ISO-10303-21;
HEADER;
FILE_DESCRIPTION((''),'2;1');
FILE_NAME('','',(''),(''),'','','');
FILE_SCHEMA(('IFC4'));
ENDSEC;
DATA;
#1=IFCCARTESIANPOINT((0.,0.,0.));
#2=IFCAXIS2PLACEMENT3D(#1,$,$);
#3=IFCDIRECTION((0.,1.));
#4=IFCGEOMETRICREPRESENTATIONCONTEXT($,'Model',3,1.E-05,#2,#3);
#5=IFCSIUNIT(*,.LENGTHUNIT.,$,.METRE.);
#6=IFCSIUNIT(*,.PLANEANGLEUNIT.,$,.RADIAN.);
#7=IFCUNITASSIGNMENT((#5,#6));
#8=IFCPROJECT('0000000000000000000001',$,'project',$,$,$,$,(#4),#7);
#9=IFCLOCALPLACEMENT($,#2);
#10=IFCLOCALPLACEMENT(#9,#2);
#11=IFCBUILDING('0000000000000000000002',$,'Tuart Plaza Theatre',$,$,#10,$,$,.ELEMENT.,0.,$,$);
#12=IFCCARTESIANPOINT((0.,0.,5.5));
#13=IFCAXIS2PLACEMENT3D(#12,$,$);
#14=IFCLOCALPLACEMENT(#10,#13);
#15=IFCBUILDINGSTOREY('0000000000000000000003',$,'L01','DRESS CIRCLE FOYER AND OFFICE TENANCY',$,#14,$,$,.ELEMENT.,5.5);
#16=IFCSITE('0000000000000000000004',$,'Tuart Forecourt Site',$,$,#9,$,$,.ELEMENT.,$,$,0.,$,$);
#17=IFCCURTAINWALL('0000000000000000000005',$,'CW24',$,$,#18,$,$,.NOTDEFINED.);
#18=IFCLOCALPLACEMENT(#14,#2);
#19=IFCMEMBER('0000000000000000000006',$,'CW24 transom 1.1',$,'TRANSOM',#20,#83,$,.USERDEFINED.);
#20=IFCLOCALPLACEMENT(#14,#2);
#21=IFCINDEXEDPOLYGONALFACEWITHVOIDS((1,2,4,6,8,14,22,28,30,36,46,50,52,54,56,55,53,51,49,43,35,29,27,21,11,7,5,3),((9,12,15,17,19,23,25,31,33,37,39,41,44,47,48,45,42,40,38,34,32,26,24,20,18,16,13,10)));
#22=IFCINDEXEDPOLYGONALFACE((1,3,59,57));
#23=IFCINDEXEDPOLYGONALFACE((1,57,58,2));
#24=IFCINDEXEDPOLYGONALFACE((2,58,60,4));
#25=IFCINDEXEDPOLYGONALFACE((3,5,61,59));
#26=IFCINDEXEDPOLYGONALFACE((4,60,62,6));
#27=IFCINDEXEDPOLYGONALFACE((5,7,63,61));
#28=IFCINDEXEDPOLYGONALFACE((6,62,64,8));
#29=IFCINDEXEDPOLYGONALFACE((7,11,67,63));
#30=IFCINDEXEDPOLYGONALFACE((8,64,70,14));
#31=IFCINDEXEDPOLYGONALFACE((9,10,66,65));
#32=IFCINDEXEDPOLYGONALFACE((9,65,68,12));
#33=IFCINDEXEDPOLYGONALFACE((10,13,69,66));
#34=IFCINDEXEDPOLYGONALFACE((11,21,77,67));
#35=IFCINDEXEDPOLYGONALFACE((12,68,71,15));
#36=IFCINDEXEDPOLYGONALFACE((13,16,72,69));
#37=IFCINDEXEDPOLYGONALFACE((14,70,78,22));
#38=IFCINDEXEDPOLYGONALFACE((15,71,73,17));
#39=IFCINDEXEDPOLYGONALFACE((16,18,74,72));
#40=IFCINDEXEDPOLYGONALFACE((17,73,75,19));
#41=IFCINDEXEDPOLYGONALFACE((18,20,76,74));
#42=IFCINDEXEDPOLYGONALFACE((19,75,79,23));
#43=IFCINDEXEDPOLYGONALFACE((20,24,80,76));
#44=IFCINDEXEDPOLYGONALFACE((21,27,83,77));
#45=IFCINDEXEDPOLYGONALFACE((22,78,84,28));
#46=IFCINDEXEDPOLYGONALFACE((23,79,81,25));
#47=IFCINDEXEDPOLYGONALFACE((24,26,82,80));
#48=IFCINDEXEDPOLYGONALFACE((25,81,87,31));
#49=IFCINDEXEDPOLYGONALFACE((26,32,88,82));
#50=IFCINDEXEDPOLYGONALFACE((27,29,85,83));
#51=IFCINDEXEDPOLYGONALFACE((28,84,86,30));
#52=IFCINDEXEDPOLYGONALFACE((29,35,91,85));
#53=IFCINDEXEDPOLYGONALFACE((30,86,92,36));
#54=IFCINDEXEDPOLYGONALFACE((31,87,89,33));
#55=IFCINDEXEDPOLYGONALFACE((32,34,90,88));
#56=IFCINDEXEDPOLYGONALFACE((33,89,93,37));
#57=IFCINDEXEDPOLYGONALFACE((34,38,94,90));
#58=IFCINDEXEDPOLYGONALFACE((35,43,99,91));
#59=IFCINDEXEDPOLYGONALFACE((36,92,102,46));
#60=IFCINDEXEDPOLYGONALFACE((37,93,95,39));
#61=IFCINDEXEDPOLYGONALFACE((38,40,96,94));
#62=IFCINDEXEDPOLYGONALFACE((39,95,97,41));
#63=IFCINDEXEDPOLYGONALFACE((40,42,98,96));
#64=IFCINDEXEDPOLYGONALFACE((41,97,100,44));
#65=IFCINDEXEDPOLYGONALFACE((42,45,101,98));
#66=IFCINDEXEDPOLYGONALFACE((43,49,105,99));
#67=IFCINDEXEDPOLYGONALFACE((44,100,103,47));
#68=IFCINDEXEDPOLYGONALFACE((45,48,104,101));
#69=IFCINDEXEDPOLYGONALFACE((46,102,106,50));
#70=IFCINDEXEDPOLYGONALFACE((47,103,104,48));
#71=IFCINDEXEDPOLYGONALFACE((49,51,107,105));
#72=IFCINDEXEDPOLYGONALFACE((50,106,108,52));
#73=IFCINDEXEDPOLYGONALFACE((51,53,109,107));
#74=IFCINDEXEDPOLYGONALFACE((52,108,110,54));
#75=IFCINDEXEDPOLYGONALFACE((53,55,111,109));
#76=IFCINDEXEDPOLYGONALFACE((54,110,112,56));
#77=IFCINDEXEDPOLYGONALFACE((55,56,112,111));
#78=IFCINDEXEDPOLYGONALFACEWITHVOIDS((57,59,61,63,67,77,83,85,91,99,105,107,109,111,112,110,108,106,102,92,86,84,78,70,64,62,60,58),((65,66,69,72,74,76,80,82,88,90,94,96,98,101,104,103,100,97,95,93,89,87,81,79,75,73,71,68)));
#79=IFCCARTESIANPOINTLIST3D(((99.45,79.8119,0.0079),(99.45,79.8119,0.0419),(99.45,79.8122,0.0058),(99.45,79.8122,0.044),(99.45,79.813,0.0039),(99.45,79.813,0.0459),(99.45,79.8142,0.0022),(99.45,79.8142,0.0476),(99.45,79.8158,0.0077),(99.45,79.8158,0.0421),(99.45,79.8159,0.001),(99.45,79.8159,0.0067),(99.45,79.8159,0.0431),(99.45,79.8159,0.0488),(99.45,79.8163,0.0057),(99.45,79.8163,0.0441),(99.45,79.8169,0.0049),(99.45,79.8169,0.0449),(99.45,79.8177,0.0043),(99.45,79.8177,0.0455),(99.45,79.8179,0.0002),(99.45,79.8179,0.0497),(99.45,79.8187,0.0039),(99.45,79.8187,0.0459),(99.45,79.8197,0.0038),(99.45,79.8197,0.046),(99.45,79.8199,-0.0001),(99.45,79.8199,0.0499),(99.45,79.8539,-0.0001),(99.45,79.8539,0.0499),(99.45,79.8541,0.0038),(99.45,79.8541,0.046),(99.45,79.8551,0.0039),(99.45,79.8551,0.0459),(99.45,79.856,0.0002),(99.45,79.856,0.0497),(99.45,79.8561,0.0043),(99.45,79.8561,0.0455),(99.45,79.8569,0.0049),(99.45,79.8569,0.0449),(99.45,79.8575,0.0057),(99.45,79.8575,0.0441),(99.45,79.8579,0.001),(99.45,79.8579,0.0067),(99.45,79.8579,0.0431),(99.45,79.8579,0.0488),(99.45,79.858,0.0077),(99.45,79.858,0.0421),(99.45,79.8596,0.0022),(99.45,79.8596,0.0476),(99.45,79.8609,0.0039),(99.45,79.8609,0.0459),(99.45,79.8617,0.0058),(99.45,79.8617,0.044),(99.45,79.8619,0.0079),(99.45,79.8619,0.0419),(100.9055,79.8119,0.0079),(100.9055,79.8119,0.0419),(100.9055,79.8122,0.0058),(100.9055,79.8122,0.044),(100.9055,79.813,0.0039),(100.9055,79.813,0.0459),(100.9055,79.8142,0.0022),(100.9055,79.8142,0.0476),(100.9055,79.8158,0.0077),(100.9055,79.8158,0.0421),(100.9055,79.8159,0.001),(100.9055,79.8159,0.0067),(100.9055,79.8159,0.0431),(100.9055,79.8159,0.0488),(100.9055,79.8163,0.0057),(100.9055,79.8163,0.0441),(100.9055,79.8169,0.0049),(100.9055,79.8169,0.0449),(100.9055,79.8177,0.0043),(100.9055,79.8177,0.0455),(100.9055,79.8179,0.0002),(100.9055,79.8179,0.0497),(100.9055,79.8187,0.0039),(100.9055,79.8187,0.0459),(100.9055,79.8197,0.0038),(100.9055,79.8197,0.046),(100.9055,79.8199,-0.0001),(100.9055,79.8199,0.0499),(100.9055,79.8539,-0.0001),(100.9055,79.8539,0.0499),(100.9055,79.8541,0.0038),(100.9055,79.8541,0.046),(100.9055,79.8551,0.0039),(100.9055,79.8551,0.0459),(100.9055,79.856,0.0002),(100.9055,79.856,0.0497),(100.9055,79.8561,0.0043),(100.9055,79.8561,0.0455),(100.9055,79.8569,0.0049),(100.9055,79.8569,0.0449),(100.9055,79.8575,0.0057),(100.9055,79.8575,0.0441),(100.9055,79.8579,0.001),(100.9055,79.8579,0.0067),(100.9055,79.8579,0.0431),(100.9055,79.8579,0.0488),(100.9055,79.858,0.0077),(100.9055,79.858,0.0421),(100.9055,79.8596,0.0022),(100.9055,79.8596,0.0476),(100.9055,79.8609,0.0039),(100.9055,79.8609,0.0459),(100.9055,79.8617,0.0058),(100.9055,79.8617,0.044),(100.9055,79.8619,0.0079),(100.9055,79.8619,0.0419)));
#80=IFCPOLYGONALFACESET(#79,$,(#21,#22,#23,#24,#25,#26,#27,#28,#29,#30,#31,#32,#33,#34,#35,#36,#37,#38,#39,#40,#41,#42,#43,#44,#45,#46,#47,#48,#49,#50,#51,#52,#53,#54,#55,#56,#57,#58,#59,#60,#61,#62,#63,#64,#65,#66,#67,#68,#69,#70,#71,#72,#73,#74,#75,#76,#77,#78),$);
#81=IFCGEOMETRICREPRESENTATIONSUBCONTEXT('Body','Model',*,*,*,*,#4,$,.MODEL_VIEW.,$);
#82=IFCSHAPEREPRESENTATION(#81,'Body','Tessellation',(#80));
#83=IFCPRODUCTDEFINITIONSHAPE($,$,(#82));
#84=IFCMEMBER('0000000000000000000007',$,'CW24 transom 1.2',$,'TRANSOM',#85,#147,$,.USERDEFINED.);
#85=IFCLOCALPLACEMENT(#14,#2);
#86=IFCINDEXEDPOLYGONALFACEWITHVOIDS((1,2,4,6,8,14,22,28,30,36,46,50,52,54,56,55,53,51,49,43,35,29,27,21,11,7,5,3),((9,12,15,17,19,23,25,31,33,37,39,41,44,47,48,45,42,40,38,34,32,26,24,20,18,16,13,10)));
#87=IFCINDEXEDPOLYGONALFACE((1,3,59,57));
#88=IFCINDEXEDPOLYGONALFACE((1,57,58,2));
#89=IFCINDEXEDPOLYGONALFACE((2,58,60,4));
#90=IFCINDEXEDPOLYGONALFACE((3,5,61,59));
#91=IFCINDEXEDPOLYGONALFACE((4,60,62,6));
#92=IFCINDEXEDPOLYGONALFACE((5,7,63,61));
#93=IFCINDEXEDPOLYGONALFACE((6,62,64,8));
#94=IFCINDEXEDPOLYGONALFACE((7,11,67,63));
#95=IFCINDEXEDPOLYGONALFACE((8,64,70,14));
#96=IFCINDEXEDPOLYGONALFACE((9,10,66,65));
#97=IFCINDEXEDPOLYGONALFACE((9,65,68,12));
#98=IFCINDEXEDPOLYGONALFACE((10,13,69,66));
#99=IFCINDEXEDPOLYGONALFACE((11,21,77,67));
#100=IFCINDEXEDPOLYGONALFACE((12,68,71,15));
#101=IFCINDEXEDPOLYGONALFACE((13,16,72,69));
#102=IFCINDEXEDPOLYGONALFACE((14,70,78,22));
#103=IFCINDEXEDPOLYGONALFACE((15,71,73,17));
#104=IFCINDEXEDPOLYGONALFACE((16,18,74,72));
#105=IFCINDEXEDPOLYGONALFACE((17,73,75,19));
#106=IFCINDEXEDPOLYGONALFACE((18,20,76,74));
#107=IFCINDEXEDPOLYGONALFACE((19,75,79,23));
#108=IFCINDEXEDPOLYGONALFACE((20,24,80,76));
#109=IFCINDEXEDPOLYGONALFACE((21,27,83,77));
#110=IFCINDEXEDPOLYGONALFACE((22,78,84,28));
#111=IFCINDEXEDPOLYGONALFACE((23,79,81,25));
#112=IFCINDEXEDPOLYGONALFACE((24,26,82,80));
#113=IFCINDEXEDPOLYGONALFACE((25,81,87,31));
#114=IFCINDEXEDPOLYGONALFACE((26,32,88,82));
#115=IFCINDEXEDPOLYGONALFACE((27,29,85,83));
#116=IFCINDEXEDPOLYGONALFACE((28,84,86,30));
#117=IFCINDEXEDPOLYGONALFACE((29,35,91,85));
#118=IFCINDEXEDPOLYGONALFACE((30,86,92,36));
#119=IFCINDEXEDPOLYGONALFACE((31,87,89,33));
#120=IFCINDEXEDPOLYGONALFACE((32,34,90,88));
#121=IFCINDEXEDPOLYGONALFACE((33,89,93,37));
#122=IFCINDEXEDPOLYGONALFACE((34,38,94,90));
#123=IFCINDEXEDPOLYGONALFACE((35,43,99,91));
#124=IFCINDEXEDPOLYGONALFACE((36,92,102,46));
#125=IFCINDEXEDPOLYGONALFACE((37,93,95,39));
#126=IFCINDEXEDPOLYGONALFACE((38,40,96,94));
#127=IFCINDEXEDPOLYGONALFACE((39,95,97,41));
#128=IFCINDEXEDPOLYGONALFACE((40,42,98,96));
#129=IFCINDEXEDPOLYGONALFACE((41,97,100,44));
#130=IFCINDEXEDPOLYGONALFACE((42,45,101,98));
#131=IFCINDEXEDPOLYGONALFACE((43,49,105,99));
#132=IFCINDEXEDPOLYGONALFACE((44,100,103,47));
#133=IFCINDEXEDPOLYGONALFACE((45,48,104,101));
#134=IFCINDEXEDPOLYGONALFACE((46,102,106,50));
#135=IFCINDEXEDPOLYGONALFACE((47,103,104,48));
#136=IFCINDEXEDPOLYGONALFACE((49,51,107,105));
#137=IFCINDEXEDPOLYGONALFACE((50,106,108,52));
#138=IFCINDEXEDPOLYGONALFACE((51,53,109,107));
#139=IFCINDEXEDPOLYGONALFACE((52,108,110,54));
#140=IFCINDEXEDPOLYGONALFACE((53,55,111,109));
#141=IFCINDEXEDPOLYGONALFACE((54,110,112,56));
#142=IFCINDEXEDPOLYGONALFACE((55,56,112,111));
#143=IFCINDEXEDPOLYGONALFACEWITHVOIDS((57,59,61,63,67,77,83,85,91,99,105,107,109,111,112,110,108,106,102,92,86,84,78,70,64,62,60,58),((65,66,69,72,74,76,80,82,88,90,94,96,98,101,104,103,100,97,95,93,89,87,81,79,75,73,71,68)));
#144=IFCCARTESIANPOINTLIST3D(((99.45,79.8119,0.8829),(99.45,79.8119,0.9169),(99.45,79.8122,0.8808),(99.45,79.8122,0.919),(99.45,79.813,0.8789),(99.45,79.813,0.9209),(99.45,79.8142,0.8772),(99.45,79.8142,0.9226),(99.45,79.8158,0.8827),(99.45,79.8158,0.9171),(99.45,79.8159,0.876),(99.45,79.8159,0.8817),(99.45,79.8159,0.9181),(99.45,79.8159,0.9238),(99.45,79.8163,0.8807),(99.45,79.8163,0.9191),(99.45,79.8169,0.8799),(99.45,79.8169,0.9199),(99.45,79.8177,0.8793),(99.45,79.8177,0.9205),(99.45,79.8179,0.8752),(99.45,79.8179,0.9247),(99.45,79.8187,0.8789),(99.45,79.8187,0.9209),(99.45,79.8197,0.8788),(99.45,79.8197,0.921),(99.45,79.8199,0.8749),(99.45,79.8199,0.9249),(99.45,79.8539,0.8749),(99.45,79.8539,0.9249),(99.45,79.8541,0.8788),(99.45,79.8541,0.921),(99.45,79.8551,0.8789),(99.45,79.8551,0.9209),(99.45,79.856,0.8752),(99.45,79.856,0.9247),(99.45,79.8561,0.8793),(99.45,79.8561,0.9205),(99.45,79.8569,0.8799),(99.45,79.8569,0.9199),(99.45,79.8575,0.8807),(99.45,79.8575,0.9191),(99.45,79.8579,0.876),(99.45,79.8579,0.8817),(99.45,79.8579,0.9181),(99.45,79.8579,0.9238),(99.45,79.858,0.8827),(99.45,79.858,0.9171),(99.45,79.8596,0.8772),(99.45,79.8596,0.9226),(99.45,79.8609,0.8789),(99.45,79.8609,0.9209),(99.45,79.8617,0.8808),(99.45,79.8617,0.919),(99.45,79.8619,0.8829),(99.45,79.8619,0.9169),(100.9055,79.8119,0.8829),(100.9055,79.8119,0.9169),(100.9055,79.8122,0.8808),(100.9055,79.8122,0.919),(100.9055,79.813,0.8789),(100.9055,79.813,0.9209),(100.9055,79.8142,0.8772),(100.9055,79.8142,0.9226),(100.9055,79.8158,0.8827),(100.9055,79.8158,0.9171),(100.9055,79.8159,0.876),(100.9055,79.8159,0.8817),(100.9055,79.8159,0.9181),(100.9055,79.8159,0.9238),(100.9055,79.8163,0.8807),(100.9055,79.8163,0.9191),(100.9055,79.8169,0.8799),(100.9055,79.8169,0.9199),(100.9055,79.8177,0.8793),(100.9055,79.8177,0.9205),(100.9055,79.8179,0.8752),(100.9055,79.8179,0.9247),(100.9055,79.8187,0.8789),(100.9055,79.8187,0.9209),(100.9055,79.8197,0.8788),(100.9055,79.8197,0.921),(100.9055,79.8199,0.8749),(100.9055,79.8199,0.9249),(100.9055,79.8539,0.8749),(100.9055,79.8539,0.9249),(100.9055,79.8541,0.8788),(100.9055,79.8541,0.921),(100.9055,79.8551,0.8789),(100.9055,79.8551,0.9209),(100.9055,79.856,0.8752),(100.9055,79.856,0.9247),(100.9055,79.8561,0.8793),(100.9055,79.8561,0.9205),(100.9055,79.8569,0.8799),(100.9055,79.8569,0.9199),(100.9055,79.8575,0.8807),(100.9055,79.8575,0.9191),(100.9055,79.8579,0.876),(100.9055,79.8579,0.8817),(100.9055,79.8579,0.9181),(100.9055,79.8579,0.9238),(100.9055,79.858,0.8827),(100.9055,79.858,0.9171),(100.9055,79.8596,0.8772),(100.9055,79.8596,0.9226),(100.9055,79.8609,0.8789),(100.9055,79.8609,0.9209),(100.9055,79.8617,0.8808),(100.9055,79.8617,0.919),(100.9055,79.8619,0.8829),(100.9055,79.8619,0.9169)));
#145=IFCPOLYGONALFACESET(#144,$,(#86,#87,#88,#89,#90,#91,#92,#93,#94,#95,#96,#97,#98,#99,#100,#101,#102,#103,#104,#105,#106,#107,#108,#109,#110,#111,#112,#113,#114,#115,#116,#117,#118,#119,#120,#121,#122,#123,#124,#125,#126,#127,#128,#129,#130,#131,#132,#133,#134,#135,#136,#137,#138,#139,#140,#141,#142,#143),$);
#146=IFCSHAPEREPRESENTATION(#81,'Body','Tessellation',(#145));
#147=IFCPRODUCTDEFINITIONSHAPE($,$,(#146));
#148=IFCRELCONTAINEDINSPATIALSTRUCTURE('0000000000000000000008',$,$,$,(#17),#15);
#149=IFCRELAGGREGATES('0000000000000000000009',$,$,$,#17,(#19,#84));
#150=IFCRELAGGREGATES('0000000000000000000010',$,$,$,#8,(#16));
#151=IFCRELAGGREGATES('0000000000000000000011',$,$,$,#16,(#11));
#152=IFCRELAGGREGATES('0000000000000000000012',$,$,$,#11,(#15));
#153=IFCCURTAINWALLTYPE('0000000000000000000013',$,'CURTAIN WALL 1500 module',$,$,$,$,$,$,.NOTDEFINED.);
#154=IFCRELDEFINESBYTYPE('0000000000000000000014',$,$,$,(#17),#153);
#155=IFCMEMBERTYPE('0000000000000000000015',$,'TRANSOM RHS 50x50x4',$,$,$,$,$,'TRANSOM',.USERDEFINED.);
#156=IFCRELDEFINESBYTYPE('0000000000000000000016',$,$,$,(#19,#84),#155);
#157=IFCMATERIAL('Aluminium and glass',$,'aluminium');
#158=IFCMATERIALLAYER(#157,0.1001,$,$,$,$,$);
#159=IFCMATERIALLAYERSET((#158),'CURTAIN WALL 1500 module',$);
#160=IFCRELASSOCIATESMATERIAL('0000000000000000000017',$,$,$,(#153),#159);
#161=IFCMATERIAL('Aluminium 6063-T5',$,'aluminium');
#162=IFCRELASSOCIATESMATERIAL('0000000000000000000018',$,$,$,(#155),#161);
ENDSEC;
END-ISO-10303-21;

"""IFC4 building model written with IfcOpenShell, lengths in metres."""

from ifc_helpers import new_model, si_unit, direction, frame, origin, origin_2d, place, context, subcontext, project, spatial, hollow_rectangle, extrude, material, layer, layer_set, material_profile, profile_set, type_object, element, aggregate, save


model = new_model("IFC4")

# Units and contexts
model_context = context("Model", 3, precision=1e-05, world=origin(), true_north=direction((0.0, 1.0)))
body_context = subcontext(model_context, "Body", "Model", "MODEL_VIEW")
ifc_project = project(units=[si_unit("LENGTHUNIT", "METRE"), si_unit("PLANEANGLEUNIT", "RADIAN")], contexts=[model_context])

# Site, building, storey
site_placement = place(None, origin())
site = spatial("IfcSite", under=ifc_project, at=site_placement, Name="Tuart Forecourt Site", CompositionType="ELEMENT", RefElevation=0.0)
building_placement = place(site_placement, origin())
building = spatial("IfcBuilding", under=site, at=building_placement, Name="Tuart Plaza Theatre", CompositionType="ELEMENT", ElevationOfRefHeight=0.0)
storey_placement = place(building_placement, frame((0.0, 0.0, 5.5)))
storey = spatial("IfcBuildingStorey", under=building, at=storey_placement, Name="L01", Description="DRESS CIRCLE FOYER AND OFFICE TENANCY", CompositionType="ELEMENT", Elevation=5.5)

# Curtain wall
ifc_material_1 = material(Name="Aluminium and glass", Category="aluminium")
ifc_layer_1 = layer(ifc_material_1, 0.1001)
ifc_layer_set_1 = layer_set([ifc_layer_1], Name="CURTAIN WALL 1500 module")
curtain_wall_type = type_object("IfcCurtainWallType", Name="CURTAIN WALL 1500 module", PredefinedType="NOTDEFINED", material=ifc_layer_set_1)
curtain_wall_1_placement = place(storey_placement, origin())
curtain_wall_1 = element("IfcCurtainWall", 1, at=curtain_wall_1_placement, inside=storey, type_object=curtain_wall_type, Name="CW24", PredefinedType="NOTDEFINED")

# Shared definitions
ifc_material_2 = material(Name="Aluminium 6063-T5", Category="aluminium")
ifc_material_profile_1 = material_profile(ifc_material_2, hollow_rectangle(XDim=0.05, YDim=0.05, WallThickness=0.0039, InnerFilletRadius=0.0039, OuterFilletRadius=0.0081, at=origin_2d()), Name="RHS 50x50x4")
ifc_profile_set_1 = profile_set([ifc_material_profile_1], Name="Aluminium 6063-T5")
member_type_1 = type_object("IfcMemberType", Name="TRANSOM RHS 50x50x4", ElementType="TRANSOM", PredefinedType="USERDEFINED", material=ifc_profile_set_1)

# Members
member_1_placement = place(storey_placement, frame((99.45, 79.8369, 0.0249), z_axis=(1.0, 0.0, 0.0), x_axis=(0.0, 1.0, 0.0)))
member_1 = element("IfcMember", 2, at=member_1_placement, type_object=member_type_1, Name="CW24 transom 1.1", ObjectType="TRANSOM", PredefinedType="USERDEFINED", context=body_context, shape_type="SweptSolid", body=[
    extrude(hollow_rectangle(XDim=0.05, YDim=0.05, WallThickness=0.0039, InnerFilletRadius=0.0039, OuterFilletRadius=0.0081, at=origin_2d()), origin(), (0.0, 0.0, 1.0), 1.4556),
])
member_2_placement = place(storey_placement, frame((99.45, 79.8369, 0.8999), z_axis=(1.0, 0.0, 0.0), x_axis=(0.0, 1.0, 0.0)))
member_2 = element("IfcMember", 3, at=member_2_placement, type_object=member_type_1, Name="CW24 transom 1.2", ObjectType="TRANSOM", PredefinedType="USERDEFINED", context=body_context, shape_type="SweptSolid", body=[
    extrude(hollow_rectangle(XDim=0.05, YDim=0.05, WallThickness=0.0039, InnerFilletRadius=0.0039, OuterFilletRadius=0.0081, at=origin_2d()), origin(), (0.0, 0.0, 1.0), 1.4556),
])

aggregate(curtain_wall_1, [member_1, member_2])

save(model, "model.ifc")
